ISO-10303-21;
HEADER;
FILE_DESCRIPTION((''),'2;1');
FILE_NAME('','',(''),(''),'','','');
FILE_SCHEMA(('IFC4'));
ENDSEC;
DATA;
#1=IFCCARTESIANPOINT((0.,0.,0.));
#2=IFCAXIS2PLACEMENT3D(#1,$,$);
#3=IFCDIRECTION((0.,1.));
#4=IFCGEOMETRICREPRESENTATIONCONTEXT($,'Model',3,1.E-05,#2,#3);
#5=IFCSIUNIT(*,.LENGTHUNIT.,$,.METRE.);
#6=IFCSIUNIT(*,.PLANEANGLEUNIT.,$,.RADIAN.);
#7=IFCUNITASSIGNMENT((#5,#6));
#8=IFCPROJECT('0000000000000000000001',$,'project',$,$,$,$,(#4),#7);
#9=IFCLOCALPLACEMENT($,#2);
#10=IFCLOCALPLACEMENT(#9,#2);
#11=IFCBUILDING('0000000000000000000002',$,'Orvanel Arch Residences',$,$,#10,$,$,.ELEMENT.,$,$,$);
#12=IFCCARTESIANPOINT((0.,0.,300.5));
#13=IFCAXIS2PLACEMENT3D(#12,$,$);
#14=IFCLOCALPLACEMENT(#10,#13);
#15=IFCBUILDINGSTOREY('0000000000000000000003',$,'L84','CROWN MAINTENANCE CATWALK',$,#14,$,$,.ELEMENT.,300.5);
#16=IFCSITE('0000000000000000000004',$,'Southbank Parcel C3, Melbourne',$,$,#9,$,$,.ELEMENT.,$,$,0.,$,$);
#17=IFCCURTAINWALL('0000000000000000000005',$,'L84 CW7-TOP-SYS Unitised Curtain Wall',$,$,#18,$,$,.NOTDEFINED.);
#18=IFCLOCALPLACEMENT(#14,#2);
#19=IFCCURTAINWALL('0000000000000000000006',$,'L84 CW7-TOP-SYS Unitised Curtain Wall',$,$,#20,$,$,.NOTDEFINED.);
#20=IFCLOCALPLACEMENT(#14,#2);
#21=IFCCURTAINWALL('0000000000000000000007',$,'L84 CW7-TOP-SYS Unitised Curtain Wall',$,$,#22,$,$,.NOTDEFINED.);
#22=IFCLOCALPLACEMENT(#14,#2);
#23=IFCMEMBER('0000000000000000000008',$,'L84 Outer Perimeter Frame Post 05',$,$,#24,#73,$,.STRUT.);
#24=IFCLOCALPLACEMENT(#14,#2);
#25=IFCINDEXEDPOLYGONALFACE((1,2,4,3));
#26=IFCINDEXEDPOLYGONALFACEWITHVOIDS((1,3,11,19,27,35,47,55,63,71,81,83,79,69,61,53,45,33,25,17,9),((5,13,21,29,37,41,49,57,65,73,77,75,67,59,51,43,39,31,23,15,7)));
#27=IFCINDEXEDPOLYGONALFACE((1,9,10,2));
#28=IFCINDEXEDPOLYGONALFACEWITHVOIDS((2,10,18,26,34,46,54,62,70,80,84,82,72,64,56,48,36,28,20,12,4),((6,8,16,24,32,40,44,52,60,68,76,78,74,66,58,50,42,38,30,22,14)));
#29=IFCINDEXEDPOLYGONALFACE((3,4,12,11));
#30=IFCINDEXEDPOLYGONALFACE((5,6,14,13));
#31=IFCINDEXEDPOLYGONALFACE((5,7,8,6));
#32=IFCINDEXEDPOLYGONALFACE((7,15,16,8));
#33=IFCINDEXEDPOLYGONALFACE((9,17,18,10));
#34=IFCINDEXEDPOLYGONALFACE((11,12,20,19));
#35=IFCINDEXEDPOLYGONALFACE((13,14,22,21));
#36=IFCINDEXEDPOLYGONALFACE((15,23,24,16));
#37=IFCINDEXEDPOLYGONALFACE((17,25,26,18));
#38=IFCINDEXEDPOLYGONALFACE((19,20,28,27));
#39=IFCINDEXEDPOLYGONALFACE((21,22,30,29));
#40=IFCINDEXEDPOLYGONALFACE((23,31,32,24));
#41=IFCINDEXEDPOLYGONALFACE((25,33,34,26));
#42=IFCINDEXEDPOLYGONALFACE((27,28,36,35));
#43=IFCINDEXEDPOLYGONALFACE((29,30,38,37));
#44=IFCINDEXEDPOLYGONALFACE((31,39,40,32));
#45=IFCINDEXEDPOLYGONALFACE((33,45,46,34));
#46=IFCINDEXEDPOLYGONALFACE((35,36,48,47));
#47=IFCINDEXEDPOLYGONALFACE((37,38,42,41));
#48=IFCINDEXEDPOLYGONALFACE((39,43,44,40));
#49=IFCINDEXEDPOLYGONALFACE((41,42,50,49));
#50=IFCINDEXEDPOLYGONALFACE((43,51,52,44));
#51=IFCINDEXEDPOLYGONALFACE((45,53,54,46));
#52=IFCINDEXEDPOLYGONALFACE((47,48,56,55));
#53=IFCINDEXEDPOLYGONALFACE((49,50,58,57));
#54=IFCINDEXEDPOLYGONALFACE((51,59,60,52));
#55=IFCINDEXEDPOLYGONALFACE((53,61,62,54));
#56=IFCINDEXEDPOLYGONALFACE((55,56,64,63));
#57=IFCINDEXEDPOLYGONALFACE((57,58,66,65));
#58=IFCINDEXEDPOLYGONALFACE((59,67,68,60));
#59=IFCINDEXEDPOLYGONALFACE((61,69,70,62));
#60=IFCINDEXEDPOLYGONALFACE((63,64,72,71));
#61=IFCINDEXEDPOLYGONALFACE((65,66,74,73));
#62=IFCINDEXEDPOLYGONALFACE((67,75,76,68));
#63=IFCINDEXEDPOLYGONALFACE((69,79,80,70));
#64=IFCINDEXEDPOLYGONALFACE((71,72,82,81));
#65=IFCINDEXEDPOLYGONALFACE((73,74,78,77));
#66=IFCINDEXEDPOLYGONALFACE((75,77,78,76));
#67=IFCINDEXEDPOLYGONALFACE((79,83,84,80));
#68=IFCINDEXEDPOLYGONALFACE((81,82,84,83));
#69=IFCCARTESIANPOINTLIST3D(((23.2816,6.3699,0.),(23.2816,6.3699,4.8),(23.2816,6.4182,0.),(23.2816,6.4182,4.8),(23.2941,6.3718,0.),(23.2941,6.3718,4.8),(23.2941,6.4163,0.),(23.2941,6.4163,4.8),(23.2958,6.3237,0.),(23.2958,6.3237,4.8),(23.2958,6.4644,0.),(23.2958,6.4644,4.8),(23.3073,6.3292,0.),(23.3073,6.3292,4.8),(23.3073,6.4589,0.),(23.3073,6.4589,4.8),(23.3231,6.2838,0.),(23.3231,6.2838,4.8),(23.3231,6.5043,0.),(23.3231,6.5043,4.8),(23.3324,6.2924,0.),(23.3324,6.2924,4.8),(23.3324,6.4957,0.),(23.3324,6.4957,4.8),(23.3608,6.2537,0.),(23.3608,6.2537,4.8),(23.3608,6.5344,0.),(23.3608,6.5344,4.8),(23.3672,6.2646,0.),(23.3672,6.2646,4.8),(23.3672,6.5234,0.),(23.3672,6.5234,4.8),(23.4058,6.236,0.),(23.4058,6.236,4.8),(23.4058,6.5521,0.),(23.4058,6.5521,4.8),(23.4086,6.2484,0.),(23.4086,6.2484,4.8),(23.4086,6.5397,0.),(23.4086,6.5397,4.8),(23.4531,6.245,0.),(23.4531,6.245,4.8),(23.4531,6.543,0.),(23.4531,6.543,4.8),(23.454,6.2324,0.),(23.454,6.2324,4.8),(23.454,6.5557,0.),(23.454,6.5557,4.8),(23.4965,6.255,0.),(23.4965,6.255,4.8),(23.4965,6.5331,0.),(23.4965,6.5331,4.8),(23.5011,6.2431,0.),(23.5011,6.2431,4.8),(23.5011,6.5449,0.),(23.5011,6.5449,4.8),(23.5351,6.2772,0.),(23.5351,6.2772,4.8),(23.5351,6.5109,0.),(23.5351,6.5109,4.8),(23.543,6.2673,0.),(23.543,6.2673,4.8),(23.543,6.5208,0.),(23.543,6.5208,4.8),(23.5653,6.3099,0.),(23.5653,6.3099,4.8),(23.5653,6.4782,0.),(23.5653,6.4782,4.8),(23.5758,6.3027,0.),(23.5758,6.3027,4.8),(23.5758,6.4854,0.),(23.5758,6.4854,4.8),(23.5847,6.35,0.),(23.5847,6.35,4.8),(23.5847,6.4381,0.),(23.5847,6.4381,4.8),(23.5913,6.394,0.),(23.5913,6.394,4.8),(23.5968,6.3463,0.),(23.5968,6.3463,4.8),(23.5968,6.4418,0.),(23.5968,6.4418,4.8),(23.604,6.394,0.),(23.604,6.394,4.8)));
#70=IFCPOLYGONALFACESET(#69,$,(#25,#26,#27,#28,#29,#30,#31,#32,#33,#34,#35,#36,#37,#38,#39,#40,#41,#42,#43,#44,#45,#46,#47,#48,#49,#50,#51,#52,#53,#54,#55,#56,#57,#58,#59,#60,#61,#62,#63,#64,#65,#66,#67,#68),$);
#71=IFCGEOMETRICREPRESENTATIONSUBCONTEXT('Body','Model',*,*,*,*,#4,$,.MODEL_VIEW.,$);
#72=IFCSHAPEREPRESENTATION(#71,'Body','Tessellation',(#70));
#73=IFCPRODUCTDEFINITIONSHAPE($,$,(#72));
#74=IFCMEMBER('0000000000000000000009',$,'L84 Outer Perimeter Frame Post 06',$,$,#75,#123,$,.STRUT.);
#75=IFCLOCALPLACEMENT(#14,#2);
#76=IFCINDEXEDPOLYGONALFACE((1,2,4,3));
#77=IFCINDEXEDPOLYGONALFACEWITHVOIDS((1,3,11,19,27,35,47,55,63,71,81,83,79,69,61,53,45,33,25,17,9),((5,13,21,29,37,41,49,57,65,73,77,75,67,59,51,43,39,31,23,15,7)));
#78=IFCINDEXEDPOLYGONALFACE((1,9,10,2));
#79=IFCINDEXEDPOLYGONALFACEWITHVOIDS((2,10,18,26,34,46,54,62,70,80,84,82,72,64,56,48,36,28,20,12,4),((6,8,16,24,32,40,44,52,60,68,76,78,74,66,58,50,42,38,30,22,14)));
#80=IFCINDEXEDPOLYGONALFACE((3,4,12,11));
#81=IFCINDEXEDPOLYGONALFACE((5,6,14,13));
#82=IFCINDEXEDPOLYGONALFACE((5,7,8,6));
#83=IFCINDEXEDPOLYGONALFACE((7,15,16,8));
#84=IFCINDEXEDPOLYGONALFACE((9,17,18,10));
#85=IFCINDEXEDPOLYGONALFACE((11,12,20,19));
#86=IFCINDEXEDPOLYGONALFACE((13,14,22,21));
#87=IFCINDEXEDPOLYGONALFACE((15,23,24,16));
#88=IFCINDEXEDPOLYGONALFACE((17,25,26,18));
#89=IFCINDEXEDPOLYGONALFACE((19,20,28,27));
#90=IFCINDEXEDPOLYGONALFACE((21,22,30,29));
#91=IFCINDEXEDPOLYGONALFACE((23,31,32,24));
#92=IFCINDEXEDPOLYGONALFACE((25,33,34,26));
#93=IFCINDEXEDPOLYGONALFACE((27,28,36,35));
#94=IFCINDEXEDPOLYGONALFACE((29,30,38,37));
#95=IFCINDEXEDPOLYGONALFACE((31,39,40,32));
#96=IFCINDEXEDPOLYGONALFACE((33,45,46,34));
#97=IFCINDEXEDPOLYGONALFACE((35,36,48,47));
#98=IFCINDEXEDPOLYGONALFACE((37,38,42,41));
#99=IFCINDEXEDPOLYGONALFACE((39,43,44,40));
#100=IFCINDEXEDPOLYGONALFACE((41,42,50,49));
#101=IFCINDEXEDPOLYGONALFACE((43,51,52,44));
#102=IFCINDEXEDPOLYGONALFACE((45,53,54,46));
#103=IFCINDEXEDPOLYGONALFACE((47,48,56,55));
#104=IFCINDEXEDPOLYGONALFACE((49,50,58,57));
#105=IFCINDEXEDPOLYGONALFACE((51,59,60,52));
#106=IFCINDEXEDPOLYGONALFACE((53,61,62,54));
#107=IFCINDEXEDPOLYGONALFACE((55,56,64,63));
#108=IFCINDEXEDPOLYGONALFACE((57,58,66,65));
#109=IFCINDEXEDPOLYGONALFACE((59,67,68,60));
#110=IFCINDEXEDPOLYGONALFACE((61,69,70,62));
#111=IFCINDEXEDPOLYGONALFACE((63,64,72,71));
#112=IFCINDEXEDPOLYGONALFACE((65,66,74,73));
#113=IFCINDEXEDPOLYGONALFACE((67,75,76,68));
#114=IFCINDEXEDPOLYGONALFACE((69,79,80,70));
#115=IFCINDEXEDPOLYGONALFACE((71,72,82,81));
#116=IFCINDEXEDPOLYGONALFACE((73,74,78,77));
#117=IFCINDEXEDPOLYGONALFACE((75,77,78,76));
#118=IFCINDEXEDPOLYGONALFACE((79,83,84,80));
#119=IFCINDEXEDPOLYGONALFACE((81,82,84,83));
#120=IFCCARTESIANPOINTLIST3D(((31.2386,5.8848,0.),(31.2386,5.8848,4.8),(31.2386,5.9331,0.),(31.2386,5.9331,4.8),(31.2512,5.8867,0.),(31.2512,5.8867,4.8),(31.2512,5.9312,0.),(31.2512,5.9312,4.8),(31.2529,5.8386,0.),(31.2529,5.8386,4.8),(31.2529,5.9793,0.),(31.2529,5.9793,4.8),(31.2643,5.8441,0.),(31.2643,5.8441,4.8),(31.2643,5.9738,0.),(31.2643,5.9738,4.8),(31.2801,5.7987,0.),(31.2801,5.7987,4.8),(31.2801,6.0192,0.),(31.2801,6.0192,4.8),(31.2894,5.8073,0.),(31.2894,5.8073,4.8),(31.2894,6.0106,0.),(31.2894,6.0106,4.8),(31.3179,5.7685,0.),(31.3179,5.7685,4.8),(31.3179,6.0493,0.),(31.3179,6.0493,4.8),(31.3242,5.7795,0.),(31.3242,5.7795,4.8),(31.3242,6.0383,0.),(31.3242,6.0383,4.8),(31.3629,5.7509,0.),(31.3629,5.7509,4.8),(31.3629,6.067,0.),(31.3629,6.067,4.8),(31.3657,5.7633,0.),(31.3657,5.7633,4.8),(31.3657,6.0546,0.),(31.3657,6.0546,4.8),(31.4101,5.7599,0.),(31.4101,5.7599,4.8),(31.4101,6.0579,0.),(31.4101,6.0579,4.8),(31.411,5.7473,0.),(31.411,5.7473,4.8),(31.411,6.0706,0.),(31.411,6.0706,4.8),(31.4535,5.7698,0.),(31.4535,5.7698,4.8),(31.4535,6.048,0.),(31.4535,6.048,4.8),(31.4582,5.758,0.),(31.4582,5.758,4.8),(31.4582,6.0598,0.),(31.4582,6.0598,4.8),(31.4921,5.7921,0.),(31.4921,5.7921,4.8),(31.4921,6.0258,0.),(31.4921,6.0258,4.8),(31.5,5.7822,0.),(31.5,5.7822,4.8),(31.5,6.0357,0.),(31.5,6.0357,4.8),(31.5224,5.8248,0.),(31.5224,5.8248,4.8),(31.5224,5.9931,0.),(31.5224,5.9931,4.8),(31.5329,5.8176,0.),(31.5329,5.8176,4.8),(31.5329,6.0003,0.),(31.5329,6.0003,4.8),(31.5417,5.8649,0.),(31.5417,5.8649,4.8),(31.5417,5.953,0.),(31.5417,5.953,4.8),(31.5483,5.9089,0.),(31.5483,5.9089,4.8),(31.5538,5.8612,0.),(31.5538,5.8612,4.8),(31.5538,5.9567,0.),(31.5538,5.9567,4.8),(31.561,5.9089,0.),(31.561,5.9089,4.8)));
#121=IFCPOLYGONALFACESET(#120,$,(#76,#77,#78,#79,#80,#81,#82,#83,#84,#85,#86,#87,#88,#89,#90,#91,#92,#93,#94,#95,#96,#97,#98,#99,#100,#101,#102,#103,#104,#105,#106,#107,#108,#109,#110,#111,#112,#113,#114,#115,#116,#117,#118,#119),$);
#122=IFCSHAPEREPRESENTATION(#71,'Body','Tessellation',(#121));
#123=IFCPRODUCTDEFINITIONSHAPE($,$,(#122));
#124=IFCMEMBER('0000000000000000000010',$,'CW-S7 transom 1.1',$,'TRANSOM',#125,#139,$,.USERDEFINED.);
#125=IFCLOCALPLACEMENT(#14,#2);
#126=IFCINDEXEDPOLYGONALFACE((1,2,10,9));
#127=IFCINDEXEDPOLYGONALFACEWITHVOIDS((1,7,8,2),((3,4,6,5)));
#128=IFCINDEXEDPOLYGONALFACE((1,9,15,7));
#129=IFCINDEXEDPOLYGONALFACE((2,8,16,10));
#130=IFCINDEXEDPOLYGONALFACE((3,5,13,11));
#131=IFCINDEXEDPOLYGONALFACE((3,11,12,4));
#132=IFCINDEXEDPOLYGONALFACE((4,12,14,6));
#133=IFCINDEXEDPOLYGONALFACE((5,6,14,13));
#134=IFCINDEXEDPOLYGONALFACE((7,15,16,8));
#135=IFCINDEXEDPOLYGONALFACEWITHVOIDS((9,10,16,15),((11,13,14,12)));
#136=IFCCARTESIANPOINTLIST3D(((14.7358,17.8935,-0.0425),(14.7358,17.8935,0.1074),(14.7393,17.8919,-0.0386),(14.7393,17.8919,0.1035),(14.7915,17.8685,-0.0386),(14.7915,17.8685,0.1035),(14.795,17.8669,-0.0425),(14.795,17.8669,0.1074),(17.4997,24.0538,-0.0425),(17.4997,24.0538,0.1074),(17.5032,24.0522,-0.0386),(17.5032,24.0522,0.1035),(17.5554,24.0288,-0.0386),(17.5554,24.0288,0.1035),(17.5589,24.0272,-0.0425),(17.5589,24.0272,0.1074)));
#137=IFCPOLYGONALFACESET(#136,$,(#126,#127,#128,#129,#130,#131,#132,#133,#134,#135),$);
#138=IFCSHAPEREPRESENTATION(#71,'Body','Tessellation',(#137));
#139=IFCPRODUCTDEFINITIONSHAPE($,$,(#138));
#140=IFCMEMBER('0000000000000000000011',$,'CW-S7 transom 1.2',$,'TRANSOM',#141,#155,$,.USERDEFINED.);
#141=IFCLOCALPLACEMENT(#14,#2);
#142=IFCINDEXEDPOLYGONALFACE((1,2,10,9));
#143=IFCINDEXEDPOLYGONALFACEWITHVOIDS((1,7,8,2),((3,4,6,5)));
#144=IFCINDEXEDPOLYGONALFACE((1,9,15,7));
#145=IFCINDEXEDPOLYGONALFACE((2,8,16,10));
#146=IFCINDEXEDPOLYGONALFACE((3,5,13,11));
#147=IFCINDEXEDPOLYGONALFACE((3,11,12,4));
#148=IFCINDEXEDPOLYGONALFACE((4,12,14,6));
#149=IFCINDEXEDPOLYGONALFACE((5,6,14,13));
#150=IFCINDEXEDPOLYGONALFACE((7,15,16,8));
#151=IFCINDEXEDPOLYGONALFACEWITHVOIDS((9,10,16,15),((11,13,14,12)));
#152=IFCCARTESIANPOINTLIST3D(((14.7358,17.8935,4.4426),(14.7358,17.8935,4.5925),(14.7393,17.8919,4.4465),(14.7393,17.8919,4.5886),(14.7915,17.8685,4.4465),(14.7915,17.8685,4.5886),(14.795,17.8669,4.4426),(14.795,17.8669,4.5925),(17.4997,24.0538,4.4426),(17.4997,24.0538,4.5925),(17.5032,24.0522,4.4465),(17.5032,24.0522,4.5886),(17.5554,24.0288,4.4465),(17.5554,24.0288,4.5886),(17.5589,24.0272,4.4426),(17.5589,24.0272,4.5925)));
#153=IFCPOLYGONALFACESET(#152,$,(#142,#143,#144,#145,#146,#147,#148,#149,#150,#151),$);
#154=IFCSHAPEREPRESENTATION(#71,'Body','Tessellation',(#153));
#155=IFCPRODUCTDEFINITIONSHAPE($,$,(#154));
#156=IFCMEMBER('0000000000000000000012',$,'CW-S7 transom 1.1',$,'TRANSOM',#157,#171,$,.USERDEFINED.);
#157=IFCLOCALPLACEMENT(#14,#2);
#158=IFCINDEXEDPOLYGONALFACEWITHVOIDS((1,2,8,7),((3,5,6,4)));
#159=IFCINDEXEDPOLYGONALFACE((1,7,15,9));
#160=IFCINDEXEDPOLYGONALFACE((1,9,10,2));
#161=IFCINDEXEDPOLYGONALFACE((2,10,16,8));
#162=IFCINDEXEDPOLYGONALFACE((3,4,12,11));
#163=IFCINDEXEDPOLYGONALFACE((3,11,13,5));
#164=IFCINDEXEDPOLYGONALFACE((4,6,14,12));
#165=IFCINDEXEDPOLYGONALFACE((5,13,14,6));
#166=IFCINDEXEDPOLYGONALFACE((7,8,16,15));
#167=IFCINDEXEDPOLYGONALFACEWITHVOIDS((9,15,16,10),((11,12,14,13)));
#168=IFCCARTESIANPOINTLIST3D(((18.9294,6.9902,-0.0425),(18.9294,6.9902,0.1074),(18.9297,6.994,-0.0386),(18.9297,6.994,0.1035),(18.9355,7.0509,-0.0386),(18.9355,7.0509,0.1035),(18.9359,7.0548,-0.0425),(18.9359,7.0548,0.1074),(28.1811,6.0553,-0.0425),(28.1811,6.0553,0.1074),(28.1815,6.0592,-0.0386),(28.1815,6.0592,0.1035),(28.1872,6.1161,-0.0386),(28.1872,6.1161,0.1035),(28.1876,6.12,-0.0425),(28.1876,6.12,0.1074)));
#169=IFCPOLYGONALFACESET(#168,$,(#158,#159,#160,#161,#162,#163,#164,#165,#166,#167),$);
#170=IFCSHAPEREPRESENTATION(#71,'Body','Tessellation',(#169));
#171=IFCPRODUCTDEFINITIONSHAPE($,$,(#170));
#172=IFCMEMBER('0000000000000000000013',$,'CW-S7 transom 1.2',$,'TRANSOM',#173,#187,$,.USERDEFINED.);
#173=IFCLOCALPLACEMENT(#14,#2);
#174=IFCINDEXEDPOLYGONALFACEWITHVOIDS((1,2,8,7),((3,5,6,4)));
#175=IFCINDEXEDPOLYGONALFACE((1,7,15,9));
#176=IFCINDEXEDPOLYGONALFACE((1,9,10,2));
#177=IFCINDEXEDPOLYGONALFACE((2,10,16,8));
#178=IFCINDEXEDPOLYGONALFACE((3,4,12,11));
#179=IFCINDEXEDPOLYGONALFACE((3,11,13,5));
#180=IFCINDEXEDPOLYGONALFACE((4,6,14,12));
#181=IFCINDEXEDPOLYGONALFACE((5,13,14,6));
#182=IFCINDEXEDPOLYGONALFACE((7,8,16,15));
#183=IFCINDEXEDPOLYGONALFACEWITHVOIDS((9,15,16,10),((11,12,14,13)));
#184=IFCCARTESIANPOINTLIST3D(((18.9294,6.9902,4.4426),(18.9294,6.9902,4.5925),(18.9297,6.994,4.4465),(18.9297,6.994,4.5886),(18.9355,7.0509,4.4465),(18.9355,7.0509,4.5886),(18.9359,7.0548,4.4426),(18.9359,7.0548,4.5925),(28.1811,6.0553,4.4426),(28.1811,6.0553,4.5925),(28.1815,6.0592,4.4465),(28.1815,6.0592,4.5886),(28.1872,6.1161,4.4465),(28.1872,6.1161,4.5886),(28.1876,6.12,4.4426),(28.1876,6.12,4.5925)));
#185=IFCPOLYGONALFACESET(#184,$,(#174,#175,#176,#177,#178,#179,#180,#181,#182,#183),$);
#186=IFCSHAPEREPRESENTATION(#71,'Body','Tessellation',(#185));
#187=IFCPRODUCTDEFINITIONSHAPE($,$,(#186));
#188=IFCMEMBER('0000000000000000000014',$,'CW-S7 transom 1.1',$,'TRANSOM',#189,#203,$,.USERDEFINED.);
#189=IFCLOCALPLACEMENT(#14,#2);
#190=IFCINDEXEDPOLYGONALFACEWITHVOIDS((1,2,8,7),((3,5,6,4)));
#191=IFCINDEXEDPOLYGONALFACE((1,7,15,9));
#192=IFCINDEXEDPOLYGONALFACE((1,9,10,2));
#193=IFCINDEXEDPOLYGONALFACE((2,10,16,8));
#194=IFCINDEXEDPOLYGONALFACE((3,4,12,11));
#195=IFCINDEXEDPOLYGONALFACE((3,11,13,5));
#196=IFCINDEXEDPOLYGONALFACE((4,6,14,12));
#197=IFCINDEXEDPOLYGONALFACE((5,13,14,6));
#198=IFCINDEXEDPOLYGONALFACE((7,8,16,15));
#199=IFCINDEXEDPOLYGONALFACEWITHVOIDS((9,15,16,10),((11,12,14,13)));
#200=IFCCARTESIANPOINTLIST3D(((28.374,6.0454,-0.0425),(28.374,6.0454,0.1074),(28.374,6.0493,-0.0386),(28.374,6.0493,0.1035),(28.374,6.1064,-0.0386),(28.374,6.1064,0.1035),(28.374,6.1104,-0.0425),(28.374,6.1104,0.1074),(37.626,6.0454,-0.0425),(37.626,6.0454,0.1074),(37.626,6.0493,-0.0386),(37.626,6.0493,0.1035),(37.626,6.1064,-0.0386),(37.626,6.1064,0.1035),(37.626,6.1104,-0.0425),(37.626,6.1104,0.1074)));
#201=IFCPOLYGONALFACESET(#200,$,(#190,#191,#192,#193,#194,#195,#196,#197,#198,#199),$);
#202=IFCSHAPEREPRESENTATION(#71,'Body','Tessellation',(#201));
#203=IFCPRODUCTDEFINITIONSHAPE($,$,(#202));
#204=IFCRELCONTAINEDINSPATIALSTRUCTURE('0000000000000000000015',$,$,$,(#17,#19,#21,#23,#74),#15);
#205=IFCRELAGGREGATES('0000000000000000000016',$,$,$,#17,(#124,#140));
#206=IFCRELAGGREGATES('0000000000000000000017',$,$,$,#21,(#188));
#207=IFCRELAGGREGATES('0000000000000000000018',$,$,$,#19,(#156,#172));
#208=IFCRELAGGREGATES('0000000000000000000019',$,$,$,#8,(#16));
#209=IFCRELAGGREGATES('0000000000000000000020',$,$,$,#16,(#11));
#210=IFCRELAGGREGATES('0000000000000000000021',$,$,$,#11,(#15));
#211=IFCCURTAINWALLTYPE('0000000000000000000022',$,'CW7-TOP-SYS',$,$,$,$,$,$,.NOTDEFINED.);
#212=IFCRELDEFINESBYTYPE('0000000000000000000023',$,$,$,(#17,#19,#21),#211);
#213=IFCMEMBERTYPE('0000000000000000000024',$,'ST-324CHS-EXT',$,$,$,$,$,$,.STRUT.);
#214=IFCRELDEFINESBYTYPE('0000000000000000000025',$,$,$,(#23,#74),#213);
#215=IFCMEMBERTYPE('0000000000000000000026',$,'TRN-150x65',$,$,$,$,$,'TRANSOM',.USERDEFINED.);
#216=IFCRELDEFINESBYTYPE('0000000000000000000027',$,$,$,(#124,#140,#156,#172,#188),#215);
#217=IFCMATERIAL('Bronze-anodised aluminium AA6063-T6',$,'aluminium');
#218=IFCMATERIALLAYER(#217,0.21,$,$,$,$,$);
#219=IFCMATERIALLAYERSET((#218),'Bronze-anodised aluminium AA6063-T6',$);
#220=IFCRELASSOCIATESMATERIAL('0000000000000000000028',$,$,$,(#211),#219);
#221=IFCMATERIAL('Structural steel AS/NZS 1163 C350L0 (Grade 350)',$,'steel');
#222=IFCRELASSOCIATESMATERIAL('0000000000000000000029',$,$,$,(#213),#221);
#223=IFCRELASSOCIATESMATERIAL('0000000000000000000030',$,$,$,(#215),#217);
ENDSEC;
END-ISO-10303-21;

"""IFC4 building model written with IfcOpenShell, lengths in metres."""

from ifc_helpers import new_model, si_unit, direction, frame, origin, origin_2d, place, context, subcontext, project, spatial, hollow_rectangle, hollow_circle, extrude, material, layer, layer_set, material_profile, profile_set, type_object, element, aggregate, save


model = new_model("IFC4")

# Units and contexts
model_context = context("Model", 3, precision=1e-05, world=origin(), true_north=direction((0.0, 1.0)))
body_context = subcontext(model_context, "Body", "Model", "MODEL_VIEW")
ifc_project = project(units=[si_unit("LENGTHUNIT", "METRE"), si_unit("PLANEANGLEUNIT", "RADIAN")], contexts=[model_context])

# Site, building, storey
site_placement = place(None, origin())
site = spatial("IfcSite", under=ifc_project, at=site_placement, Name="Southbank Parcel C3, Melbourne", CompositionType="ELEMENT", RefElevation=0.0)
building_placement = place(site_placement, origin())
building = spatial("IfcBuilding", under=site, at=building_placement, Name="Orvanel Arch Residences", CompositionType="ELEMENT")
storey_placement = place(building_placement, frame((0.0, 0.0, 300.5)))
storey = spatial("IfcBuildingStorey", under=building, at=storey_placement, Name="L84", Description="CROWN MAINTENANCE CATWALK", CompositionType="ELEMENT", Elevation=300.5)

# Shared definitions
ifc_material_1 = material(Name="Structural steel AS/NZS 1163 C350L0 (Grade 350)", Category="steel")

# Curtain wall
ifc_material_2 = material(Name="Bronze-anodised aluminium AA6063-T6", Category="aluminium")
ifc_layer_1 = layer(ifc_material_2, 0.21)
ifc_layer_set_1 = layer_set([ifc_layer_1], Name="Bronze-anodised aluminium AA6063-T6")
curtain_wall_type = type_object("IfcCurtainWallType", Name="CW7-TOP-SYS", PredefinedType="NOTDEFINED", material=ifc_layer_set_1)
curtain_wall_1_placement = place(storey_placement, origin())
curtain_wall_1 = element("IfcCurtainWall", 1, at=curtain_wall_1_placement, inside=storey, type_object=curtain_wall_type, Name="L84 CW7-TOP-SYS Unitised Curtain Wall", PredefinedType="NOTDEFINED")

# Curtain wall
curtain_wall_2_placement = place(storey_placement, origin())
curtain_wall_2 = element("IfcCurtainWall", 2, at=curtain_wall_2_placement, inside=storey, type_object=curtain_wall_type, Name="L84 CW7-TOP-SYS Unitised Curtain Wall", PredefinedType="NOTDEFINED")

# Curtain wall
curtain_wall_3_placement = place(storey_placement, origin())
curtain_wall_3 = element("IfcCurtainWall", 3, at=curtain_wall_3_placement, inside=storey, type_object=curtain_wall_type, Name="L84 CW7-TOP-SYS Unitised Curtain Wall", PredefinedType="NOTDEFINED")

# Members
ifc_material_profile_1 = material_profile(ifc_material_1, hollow_circle(Radius=0.1621, WallThickness=0.0127, at=origin_2d()), Name="CHS324x12.7")
ifc_profile_set_1 = profile_set([ifc_material_profile_1], Name="Structural steel AS/NZS 1163 C350L0 (Grade 350)")
member_type_1 = type_object("IfcMemberType", Name="ST-324CHS-EXT", PredefinedType="STRUT", material=ifc_profile_set_1)
for number, where, z_axis, x_axis, name in (
    (4, (23.4419, 6.394, 0.0), (0.0, 0.0, 1.0), (1.0, 0.0, 0.0), "L84 Outer Perimeter Frame Post 05"),
    (5, (31.3989, 5.9089, 0.0), (0.0, 0.0, 1.0), (1.0, 0.0, 0.0), "L84 Outer Perimeter Frame Post 06"),
):
    element("IfcMember", number, at=place(storey_placement, frame(where, z_axis=z_axis, x_axis=x_axis)), inside=storey, type_object=member_type_1, Name=name, PredefinedType="STRUT", context=body_context, shape_type="SweptSolid", body=[
        extrude(hollow_circle(Radius=0.1621, WallThickness=0.0127, at=origin_2d()), origin(), (0.0, 0.0, 1.0), 4.8),
    ])

# Members
ifc_material_profile_2 = material_profile(ifc_material_2, hollow_rectangle(XDim=0.0649, YDim=0.1499, WallThickness=0.0039, at=origin_2d()), Name="ALU150x65x4")
ifc_profile_set_2 = profile_set([ifc_material_profile_2], Name="Bronze-anodised aluminium AA6063-T6")
member_type_2 = type_object("IfcMemberType", Name="TRN-150x65", ElementType="TRANSOM", PredefinedType="USERDEFINED", material=ifc_profile_set_2)
member_1_placement = place(storey_placement, frame((17.5293, 24.0405, 0.0325), z_axis=(-0.409347, -0.912379, 0.0), x_axis=(0.912379, -0.409347, 0.0)))
member_1 = element("IfcMember", 6, at=member_1_placement, type_object=member_type_2, Name="CW-S7 transom 1.1", ObjectType="TRANSOM", PredefinedType="USERDEFINED", context=body_context, shape_type="SweptSolid", body=[
    extrude(hollow_rectangle(XDim=0.0649, YDim=0.1499, WallThickness=0.0039, at=origin_2d()), origin(), (0.0, 0.0, 1.0), 6.752),
])
member_2_placement = place(storey_placement, frame((17.5293, 24.0405, 4.5176), z_axis=(-0.409347, -0.912379, 0.0), x_axis=(0.912379, -0.409347, 0.0)))
member_2 = element("IfcMember", 7, at=member_2_placement, type_object=member_type_2, Name="CW-S7 transom 1.2", ObjectType="TRANSOM", PredefinedType="USERDEFINED", context=body_context, shape_type="SweptSolid", body=[
    extrude(hollow_rectangle(XDim=0.0649, YDim=0.1499, WallThickness=0.0039, at=origin_2d()), origin(), (0.0, 0.0, 1.0), 6.752),
])
aggregate(curtain_wall_1, [member_1, member_2])
member_3_placement = place(storey_placement, frame((18.9326, 7.0225, 0.0325), z_axis=(0.994934, -0.10053, 0.0), x_axis=(0.10053, 0.994934, 0.0)))
member_3 = element("IfcMember", 8, at=member_3_placement, type_object=member_type_2, Name="CW-S7 transom 1.1", ObjectType="TRANSOM", PredefinedType="USERDEFINED", context=body_context, shape_type="SweptSolid", body=[
    extrude(hollow_rectangle(XDim=0.0649, YDim=0.1499, WallThickness=0.0039, at=origin_2d()), origin(), (0.0, 0.0, 1.0), 9.2988),
])
member_4_placement = place(storey_placement, frame((18.9326, 7.0225, 4.5176), z_axis=(0.994934, -0.10053, 0.0), x_axis=(0.10053, 0.994934, 0.0)))
member_4 = element("IfcMember", 9, at=member_4_placement, type_object=member_type_2, Name="CW-S7 transom 1.2", ObjectType="TRANSOM", PredefinedType="USERDEFINED", context=body_context, shape_type="SweptSolid", body=[
    extrude(hollow_rectangle(XDim=0.0649, YDim=0.1499, WallThickness=0.0039, at=origin_2d()), origin(), (0.0, 0.0, 1.0), 9.2988),
])
member_5_placement = place(storey_placement, frame((28.374, 6.0779, 0.0325), z_axis=(1.0, 0.0, 0.0), x_axis=(0.0, 1.0, 0.0)))
member_5 = element("IfcMember", 10, at=member_5_placement, type_object=member_type_2, Name="CW-S7 transom 1.1", ObjectType="TRANSOM", PredefinedType="USERDEFINED", context=body_context, shape_type="SweptSolid", body=[
    extrude(hollow_rectangle(XDim=0.0649, YDim=0.1499, WallThickness=0.0039, at=origin_2d()), origin(), (0.0, 0.0, 1.0), 9.252),
])
aggregate(curtain_wall_3, [member_5])

aggregate(curtain_wall_2, [member_3, member_4])

save(model, "model.ifc")
